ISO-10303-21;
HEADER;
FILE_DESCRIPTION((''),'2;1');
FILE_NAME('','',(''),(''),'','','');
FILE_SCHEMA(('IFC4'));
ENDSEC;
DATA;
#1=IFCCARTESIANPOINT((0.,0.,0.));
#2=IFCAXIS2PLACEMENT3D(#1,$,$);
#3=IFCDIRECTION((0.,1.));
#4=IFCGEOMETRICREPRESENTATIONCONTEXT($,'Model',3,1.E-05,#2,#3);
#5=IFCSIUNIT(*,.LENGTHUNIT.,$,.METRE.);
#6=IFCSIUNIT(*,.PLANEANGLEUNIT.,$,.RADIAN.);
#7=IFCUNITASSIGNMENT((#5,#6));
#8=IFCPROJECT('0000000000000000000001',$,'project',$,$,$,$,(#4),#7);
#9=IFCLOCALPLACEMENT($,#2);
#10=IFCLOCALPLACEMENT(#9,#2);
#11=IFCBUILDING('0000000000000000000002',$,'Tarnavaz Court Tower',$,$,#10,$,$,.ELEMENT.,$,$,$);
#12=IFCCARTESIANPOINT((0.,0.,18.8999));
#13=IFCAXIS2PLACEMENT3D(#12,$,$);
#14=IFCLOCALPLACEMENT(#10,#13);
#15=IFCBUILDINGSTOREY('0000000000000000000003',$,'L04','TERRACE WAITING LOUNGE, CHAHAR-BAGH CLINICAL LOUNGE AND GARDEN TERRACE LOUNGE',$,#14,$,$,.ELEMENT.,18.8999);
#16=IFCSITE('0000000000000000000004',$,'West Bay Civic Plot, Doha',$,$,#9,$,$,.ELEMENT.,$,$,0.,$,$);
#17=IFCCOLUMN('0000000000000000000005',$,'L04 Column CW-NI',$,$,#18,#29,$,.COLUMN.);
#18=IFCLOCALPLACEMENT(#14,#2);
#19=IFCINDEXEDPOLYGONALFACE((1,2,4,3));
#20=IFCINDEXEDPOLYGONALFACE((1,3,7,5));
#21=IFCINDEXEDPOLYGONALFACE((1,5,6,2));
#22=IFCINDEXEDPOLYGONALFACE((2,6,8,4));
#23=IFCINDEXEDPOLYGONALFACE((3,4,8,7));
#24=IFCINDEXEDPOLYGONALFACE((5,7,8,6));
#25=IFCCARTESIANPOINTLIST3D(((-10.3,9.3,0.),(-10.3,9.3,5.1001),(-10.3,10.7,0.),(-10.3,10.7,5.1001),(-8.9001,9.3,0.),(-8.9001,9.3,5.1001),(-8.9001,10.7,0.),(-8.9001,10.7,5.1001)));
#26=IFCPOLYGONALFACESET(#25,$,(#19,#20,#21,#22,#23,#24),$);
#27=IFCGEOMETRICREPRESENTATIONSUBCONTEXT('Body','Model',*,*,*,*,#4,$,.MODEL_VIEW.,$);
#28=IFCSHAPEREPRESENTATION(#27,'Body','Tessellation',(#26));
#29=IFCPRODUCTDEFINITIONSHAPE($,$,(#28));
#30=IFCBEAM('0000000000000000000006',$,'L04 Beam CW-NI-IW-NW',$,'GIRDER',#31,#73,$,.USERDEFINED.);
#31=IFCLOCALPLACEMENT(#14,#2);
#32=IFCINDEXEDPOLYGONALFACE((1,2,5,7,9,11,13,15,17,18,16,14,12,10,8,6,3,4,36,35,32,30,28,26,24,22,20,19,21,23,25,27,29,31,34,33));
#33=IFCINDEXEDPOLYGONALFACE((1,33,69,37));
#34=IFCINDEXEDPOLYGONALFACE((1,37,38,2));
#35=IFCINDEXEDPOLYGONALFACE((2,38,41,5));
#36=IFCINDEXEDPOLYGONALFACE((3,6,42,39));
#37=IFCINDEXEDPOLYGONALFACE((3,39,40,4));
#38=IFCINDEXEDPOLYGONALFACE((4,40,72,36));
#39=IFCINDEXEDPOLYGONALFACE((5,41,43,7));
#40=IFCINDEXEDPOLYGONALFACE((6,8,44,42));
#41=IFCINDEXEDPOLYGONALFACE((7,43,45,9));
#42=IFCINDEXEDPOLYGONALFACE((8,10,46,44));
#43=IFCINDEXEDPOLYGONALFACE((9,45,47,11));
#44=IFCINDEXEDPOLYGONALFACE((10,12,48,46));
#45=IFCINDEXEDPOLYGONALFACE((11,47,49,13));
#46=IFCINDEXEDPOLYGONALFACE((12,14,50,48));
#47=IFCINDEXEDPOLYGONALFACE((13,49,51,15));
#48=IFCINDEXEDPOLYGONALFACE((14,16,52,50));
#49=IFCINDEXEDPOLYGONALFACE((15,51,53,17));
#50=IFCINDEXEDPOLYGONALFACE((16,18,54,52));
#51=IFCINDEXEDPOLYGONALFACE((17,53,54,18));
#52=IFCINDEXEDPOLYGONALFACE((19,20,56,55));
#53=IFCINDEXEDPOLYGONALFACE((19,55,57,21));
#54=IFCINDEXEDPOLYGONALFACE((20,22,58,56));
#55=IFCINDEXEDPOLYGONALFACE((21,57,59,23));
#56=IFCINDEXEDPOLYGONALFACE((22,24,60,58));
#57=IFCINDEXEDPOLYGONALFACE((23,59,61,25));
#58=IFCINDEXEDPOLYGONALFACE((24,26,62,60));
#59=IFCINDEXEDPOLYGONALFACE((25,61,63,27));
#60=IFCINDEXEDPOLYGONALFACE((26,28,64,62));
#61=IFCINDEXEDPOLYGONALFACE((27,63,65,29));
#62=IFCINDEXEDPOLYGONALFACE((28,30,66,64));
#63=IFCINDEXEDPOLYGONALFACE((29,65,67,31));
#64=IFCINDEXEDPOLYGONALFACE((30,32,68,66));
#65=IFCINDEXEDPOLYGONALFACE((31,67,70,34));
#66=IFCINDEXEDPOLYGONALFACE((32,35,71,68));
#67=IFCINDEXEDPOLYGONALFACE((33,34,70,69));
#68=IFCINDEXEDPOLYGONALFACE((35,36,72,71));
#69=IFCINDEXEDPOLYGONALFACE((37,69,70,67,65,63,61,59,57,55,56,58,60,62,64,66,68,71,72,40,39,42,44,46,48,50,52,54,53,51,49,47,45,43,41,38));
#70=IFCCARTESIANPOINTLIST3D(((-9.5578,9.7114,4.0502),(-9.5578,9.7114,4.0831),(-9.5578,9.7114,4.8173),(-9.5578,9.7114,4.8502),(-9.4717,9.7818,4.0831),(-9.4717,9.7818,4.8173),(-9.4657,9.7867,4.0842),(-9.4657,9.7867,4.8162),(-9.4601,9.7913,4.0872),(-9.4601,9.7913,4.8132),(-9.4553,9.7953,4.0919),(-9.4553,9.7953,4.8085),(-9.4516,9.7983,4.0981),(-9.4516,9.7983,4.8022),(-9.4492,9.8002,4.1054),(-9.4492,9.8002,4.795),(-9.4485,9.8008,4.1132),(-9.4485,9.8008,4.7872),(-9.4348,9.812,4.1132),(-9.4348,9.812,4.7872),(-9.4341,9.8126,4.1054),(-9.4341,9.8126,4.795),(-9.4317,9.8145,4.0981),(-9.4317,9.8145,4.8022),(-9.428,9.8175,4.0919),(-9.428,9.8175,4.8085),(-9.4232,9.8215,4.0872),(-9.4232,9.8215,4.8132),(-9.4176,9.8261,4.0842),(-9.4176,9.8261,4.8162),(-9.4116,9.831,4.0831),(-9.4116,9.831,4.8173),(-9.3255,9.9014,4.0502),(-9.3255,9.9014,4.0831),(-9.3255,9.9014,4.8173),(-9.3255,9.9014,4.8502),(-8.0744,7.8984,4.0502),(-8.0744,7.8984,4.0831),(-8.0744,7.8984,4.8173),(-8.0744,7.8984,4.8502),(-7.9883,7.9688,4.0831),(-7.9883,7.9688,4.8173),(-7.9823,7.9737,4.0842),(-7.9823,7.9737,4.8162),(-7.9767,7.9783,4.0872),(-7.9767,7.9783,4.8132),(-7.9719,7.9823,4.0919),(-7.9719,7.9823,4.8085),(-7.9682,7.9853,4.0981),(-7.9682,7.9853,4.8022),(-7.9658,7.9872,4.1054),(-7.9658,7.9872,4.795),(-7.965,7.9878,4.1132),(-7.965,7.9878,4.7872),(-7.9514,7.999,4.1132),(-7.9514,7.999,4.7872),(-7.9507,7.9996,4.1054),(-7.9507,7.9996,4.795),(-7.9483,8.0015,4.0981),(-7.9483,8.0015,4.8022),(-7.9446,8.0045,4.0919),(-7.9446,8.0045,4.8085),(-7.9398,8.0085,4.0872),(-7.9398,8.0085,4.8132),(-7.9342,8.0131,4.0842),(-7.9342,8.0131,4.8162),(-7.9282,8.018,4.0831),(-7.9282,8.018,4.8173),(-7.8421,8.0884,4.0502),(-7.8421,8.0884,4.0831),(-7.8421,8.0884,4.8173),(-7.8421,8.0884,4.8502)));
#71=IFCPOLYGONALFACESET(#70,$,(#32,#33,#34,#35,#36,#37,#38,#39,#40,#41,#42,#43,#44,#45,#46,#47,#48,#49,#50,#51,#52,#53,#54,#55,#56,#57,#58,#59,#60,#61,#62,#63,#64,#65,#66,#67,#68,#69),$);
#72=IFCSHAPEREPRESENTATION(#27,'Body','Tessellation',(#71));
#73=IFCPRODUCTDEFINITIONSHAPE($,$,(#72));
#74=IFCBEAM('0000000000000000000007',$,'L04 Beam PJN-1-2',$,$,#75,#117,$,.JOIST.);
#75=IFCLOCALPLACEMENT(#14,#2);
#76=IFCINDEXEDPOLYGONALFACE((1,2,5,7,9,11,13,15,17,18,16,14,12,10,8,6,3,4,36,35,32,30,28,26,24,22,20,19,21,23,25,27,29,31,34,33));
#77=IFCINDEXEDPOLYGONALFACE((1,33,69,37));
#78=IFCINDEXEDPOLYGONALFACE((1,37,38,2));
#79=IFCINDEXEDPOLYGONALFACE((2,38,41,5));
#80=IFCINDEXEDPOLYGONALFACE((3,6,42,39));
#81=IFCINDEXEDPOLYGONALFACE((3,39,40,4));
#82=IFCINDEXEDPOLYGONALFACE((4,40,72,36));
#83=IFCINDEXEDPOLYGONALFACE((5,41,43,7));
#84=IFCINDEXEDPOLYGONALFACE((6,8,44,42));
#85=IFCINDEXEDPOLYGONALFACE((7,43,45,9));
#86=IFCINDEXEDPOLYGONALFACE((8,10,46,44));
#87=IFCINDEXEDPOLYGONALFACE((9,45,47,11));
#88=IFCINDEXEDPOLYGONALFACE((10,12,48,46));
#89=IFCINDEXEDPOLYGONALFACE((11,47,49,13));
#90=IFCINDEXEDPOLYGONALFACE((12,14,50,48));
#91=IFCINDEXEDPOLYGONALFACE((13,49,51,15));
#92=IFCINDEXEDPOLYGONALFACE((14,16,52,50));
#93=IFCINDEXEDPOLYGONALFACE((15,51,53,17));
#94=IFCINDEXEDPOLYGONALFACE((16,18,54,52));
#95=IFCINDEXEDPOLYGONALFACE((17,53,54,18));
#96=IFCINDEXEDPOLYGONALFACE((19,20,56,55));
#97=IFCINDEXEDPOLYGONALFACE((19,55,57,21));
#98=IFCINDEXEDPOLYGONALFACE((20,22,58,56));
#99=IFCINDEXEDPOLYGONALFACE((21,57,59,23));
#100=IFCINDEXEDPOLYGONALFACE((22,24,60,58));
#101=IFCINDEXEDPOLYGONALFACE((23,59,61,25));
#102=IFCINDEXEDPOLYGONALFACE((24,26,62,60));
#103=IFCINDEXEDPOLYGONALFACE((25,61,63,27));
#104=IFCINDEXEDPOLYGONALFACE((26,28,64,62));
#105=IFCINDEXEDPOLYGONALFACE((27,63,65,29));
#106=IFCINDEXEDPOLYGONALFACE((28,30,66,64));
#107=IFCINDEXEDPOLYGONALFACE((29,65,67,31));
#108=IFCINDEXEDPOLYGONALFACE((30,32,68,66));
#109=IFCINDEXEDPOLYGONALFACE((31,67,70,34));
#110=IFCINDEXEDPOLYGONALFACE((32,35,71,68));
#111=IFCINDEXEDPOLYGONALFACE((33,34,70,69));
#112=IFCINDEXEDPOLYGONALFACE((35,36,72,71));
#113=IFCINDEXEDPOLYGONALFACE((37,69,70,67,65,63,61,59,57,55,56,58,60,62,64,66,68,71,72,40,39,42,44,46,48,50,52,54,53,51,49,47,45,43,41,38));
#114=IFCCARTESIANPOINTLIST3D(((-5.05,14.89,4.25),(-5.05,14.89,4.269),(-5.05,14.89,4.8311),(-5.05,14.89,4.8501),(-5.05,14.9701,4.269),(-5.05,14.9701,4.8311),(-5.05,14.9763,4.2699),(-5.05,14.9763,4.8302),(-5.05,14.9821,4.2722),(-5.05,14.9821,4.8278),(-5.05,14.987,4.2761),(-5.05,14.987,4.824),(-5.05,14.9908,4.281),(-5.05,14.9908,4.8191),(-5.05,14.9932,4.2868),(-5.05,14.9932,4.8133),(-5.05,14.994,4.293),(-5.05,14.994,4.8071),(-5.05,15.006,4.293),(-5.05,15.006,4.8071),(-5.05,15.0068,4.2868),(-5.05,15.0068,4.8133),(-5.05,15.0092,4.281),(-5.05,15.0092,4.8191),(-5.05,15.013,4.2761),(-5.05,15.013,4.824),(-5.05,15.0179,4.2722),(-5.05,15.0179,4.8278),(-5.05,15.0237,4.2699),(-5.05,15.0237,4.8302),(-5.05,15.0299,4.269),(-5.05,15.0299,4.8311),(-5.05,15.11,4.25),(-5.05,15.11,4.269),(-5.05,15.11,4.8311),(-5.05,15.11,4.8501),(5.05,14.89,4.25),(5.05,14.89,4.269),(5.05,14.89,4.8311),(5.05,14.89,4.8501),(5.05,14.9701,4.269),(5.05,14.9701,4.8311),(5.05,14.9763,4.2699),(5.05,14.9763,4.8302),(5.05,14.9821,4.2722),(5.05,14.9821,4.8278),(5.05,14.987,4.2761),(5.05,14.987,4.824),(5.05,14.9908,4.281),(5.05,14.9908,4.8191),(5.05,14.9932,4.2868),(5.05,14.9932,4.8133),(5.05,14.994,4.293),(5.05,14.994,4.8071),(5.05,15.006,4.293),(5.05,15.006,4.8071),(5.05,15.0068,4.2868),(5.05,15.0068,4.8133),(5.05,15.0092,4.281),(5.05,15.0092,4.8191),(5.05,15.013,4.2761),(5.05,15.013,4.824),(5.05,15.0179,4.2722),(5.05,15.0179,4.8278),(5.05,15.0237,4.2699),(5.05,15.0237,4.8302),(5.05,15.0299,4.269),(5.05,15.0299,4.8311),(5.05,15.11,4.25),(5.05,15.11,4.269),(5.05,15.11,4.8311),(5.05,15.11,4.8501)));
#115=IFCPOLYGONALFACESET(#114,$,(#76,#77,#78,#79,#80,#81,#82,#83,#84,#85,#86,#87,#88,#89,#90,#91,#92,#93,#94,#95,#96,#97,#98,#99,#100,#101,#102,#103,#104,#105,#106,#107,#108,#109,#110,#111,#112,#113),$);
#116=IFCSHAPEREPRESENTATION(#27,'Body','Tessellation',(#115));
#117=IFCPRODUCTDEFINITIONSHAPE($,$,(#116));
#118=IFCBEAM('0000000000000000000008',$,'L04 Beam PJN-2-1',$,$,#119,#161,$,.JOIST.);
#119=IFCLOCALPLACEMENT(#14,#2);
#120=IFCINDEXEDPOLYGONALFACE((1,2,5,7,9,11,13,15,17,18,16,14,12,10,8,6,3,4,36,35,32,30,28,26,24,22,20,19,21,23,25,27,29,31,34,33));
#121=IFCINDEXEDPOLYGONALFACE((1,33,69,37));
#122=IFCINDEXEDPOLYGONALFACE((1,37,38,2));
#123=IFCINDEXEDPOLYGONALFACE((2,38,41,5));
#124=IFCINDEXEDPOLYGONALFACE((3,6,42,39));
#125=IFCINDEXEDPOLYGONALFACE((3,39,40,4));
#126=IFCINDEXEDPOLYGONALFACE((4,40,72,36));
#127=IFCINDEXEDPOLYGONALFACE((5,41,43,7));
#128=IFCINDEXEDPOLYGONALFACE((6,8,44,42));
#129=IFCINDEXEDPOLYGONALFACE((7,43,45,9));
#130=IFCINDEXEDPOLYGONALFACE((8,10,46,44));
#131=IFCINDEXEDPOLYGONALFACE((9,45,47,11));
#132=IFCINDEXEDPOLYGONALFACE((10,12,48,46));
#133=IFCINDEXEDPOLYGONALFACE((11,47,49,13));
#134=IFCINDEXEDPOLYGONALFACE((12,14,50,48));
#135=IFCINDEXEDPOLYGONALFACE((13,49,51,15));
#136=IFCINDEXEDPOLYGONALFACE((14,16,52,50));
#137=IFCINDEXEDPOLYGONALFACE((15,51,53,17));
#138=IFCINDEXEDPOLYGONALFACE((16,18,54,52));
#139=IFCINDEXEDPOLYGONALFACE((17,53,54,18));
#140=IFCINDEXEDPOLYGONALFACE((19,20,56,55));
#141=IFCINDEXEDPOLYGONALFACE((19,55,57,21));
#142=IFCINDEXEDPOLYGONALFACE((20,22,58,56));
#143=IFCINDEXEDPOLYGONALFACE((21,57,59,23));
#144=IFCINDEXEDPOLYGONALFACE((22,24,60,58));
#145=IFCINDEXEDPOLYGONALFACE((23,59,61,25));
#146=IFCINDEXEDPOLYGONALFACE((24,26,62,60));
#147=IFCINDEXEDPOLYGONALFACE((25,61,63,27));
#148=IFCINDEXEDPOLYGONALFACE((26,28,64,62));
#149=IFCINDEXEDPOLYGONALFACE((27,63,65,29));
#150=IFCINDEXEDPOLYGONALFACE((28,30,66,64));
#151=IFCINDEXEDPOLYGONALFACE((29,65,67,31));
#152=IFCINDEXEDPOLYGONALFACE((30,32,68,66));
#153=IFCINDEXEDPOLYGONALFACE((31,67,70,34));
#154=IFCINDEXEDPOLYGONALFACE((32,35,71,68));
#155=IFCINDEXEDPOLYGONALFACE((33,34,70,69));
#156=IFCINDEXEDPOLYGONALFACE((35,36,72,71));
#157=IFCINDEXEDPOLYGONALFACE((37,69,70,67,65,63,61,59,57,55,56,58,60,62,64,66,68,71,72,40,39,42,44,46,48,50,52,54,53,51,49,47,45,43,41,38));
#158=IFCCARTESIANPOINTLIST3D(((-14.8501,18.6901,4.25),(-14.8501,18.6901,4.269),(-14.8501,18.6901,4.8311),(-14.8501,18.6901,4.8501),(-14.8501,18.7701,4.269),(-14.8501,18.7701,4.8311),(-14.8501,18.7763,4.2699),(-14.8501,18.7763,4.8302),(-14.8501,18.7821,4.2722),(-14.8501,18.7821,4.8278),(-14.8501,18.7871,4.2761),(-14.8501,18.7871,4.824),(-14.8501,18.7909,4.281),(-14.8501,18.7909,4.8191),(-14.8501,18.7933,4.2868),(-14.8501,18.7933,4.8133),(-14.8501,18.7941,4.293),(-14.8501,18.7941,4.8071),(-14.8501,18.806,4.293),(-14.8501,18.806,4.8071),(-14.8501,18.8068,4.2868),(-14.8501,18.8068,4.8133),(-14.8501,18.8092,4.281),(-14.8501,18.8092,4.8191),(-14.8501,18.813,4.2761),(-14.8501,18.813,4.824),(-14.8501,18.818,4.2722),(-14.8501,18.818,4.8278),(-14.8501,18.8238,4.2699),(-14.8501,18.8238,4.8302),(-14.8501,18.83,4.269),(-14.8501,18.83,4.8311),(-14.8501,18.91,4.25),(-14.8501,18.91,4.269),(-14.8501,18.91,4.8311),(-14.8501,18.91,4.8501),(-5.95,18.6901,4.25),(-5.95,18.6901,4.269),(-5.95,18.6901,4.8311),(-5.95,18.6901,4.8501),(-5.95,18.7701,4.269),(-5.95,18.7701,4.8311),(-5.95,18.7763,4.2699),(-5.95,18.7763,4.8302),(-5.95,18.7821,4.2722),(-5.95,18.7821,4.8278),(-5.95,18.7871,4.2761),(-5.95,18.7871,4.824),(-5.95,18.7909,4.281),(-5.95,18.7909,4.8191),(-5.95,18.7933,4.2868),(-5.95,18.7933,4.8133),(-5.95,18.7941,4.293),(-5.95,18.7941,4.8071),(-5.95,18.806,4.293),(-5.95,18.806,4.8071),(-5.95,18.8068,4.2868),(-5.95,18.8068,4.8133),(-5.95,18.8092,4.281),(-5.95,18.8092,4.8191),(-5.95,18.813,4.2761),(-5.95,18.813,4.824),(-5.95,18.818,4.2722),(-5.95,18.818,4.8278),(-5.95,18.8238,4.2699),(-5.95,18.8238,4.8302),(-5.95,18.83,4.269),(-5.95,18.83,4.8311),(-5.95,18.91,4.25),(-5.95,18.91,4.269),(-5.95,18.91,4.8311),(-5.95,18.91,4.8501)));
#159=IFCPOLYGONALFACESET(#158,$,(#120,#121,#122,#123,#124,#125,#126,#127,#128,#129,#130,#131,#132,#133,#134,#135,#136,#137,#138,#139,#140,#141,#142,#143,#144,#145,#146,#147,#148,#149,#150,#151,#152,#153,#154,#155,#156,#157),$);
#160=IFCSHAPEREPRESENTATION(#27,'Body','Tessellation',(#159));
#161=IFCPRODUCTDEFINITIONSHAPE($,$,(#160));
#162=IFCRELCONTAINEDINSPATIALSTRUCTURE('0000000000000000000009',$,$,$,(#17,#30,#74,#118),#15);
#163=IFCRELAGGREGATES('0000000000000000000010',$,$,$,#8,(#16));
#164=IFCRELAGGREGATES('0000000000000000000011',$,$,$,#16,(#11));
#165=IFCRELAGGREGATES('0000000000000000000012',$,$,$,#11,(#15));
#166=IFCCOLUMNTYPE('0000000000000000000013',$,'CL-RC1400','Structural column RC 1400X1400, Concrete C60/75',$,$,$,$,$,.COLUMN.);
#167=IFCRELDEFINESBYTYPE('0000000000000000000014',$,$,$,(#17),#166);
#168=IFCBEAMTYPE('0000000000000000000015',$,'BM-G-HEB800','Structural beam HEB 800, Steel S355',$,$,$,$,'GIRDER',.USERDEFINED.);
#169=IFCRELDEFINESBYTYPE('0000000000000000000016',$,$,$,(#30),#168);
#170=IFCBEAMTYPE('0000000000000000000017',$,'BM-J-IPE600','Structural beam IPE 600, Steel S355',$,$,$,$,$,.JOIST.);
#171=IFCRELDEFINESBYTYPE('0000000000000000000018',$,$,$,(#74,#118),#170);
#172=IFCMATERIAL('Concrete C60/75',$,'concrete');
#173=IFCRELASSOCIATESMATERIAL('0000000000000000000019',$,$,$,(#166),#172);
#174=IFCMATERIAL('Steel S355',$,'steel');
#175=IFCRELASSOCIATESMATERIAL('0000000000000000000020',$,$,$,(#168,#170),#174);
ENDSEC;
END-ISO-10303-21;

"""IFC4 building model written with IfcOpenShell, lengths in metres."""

from ifc_helpers import new_model, si_unit, direction, frame, origin, origin_2d, place, context, subcontext, project, spatial, rectangle, i_section, extrude, material, material_profile, profile_set, type_object, element, save


model = new_model("IFC4")

# Units and contexts
model_context = context("Model", 3, precision=1e-05, world=origin(), true_north=direction((0.0, 1.0)))
body_context = subcontext(model_context, "Body", "Model", "MODEL_VIEW")
ifc_project = project(units=[si_unit("LENGTHUNIT", "METRE"), si_unit("PLANEANGLEUNIT", "RADIAN")], contexts=[model_context])

# Site, building, storey
site_placement = place(None, origin())
site = spatial("IfcSite", under=ifc_project, at=site_placement, Name="West Bay Civic Plot, Doha", CompositionType="ELEMENT", RefElevation=0.0)
building_placement = place(site_placement, origin())
building = spatial("IfcBuilding", under=site, at=building_placement, Name="Tarnavaz Court Tower", CompositionType="ELEMENT")
storey_placement = place(building_placement, frame((0.0, 0.0, 18.8999)))
storey = spatial("IfcBuildingStorey", under=building, at=storey_placement, Name="L04", Description="TERRACE WAITING LOUNGE, CHAHAR-BAGH CLINICAL LOUNGE AND GARDEN TERRACE LOUNGE", CompositionType="ELEMENT", Elevation=18.8999)

# Column
ifc_material_1 = material(Name="Concrete C60/75", Category="concrete")
ifc_material_profile_1 = material_profile(ifc_material_1, rectangle(XDim=1.3999, YDim=1.3999, at=origin_2d()), Name="RC 1400X1400")
ifc_profile_set_1 = profile_set([ifc_material_profile_1], Name="Concrete C60/75")
column_type = type_object("IfcColumnType", Name="CL-RC1400", Description="Structural column RC 1400X1400, Concrete C60/75", PredefinedType="COLUMN", material=ifc_profile_set_1)
column_placement = place(storey_placement, frame((-9.6001, 10.0, 0.0), z_axis=(0.0, 0.0, 1.0), x_axis=(1.0, 0.0, 0.0)))
element("IfcColumn", 1, at=column_placement, inside=storey, type_object=column_type, Name="L04 Column CW-NI", PredefinedType="COLUMN", context=body_context, shape_type="SweptSolid", body=[
    extrude(rectangle(XDim=1.3999, YDim=1.3999, at=origin_2d()), origin(), (0.0, 0.0, 1.0), 5.1001),
])

# Beams
ifc_material_2 = material(Name="Steel S355", Category="steel")
ifc_material_profile_2 = material_profile(ifc_material_2, i_section(OverallWidth=0.3, OverallDepth=0.8, WebThickness=0.0176, FlangeThickness=0.033, FilletRadius=0.03, at=origin_2d()), Name="HEB 800")
ifc_profile_set_2 = profile_set([ifc_material_profile_2], Name="Steel S355")
beam_type_1 = type_object("IfcBeamType", Name="BM-G-HEB800", Description="Structural beam HEB 800, Steel S355", ElementType="GIRDER", PredefinedType="USERDEFINED", material=ifc_profile_set_2)
beam_1_placement = place(storey_placement, frame((-9.4417, 9.8064, 4.4502), z_axis=(0.633249, -0.773948, 0.0), x_axis=(0.773948, 0.633249, 0.0)))
element("IfcBeam", 2, at=beam_1_placement, inside=storey, type_object=beam_type_1, Name="L04 Beam CW-NI-IW-NW", ObjectType="GIRDER", PredefinedType="USERDEFINED", context=body_context, shape_type="SweptSolid", body=[
    extrude(i_section(OverallWidth=0.3, OverallDepth=0.8, WebThickness=0.0176, FlangeThickness=0.033, FilletRadius=0.03, at=origin_2d()), origin(), (0.0, 0.0, 1.0), 2.3425),
])
ifc_material_profile_3 = material_profile(ifc_material_2, i_section(OverallWidth=0.22, OverallDepth=0.6001, WebThickness=0.012, FlangeThickness=0.019, FilletRadius=0.0239, at=origin_2d()), Name="IPE 600")
ifc_profile_set_3 = profile_set([ifc_material_profile_3], Name="Steel S355")
beam_type_2 = type_object("IfcBeamType", Name="BM-J-IPE600", Description="Structural beam IPE 600, Steel S355", PredefinedType="JOIST", material=ifc_profile_set_3)
beam_2_placement = place(storey_placement, frame((-5.05, 15.0, 4.55), z_axis=(1.0, 0.0, 0.0), x_axis=(0.0, 1.0, 0.0)))
element("IfcBeam", 3, at=beam_2_placement, inside=storey, type_object=beam_type_2, Name="L04 Beam PJN-1-2", PredefinedType="JOIST", context=body_context, shape_type="SweptSolid", body=[
    extrude(i_section(OverallWidth=0.22, OverallDepth=0.6001, WebThickness=0.012, FlangeThickness=0.019, FilletRadius=0.0239, at=origin_2d()), origin(), (0.0, 0.0, 1.0), 10.1001),
])
beam_3_placement = place(storey_placement, frame((-14.8501, 18.8, 4.55), z_axis=(1.0, 0.0, 0.0), x_axis=(0.0, 1.0, 0.0)))
element("IfcBeam", 4, at=beam_3_placement, inside=storey, type_object=beam_type_2, Name="L04 Beam PJN-2-1", PredefinedType="JOIST", context=body_context, shape_type="SweptSolid", body=[
    extrude(i_section(OverallWidth=0.22, OverallDepth=0.6001, WebThickness=0.012, FlangeThickness=0.019, FilletRadius=0.0239, at=origin_2d()), origin(), (0.0, 0.0, 1.0), 8.9001),
])

save(model, "model.ifc")
